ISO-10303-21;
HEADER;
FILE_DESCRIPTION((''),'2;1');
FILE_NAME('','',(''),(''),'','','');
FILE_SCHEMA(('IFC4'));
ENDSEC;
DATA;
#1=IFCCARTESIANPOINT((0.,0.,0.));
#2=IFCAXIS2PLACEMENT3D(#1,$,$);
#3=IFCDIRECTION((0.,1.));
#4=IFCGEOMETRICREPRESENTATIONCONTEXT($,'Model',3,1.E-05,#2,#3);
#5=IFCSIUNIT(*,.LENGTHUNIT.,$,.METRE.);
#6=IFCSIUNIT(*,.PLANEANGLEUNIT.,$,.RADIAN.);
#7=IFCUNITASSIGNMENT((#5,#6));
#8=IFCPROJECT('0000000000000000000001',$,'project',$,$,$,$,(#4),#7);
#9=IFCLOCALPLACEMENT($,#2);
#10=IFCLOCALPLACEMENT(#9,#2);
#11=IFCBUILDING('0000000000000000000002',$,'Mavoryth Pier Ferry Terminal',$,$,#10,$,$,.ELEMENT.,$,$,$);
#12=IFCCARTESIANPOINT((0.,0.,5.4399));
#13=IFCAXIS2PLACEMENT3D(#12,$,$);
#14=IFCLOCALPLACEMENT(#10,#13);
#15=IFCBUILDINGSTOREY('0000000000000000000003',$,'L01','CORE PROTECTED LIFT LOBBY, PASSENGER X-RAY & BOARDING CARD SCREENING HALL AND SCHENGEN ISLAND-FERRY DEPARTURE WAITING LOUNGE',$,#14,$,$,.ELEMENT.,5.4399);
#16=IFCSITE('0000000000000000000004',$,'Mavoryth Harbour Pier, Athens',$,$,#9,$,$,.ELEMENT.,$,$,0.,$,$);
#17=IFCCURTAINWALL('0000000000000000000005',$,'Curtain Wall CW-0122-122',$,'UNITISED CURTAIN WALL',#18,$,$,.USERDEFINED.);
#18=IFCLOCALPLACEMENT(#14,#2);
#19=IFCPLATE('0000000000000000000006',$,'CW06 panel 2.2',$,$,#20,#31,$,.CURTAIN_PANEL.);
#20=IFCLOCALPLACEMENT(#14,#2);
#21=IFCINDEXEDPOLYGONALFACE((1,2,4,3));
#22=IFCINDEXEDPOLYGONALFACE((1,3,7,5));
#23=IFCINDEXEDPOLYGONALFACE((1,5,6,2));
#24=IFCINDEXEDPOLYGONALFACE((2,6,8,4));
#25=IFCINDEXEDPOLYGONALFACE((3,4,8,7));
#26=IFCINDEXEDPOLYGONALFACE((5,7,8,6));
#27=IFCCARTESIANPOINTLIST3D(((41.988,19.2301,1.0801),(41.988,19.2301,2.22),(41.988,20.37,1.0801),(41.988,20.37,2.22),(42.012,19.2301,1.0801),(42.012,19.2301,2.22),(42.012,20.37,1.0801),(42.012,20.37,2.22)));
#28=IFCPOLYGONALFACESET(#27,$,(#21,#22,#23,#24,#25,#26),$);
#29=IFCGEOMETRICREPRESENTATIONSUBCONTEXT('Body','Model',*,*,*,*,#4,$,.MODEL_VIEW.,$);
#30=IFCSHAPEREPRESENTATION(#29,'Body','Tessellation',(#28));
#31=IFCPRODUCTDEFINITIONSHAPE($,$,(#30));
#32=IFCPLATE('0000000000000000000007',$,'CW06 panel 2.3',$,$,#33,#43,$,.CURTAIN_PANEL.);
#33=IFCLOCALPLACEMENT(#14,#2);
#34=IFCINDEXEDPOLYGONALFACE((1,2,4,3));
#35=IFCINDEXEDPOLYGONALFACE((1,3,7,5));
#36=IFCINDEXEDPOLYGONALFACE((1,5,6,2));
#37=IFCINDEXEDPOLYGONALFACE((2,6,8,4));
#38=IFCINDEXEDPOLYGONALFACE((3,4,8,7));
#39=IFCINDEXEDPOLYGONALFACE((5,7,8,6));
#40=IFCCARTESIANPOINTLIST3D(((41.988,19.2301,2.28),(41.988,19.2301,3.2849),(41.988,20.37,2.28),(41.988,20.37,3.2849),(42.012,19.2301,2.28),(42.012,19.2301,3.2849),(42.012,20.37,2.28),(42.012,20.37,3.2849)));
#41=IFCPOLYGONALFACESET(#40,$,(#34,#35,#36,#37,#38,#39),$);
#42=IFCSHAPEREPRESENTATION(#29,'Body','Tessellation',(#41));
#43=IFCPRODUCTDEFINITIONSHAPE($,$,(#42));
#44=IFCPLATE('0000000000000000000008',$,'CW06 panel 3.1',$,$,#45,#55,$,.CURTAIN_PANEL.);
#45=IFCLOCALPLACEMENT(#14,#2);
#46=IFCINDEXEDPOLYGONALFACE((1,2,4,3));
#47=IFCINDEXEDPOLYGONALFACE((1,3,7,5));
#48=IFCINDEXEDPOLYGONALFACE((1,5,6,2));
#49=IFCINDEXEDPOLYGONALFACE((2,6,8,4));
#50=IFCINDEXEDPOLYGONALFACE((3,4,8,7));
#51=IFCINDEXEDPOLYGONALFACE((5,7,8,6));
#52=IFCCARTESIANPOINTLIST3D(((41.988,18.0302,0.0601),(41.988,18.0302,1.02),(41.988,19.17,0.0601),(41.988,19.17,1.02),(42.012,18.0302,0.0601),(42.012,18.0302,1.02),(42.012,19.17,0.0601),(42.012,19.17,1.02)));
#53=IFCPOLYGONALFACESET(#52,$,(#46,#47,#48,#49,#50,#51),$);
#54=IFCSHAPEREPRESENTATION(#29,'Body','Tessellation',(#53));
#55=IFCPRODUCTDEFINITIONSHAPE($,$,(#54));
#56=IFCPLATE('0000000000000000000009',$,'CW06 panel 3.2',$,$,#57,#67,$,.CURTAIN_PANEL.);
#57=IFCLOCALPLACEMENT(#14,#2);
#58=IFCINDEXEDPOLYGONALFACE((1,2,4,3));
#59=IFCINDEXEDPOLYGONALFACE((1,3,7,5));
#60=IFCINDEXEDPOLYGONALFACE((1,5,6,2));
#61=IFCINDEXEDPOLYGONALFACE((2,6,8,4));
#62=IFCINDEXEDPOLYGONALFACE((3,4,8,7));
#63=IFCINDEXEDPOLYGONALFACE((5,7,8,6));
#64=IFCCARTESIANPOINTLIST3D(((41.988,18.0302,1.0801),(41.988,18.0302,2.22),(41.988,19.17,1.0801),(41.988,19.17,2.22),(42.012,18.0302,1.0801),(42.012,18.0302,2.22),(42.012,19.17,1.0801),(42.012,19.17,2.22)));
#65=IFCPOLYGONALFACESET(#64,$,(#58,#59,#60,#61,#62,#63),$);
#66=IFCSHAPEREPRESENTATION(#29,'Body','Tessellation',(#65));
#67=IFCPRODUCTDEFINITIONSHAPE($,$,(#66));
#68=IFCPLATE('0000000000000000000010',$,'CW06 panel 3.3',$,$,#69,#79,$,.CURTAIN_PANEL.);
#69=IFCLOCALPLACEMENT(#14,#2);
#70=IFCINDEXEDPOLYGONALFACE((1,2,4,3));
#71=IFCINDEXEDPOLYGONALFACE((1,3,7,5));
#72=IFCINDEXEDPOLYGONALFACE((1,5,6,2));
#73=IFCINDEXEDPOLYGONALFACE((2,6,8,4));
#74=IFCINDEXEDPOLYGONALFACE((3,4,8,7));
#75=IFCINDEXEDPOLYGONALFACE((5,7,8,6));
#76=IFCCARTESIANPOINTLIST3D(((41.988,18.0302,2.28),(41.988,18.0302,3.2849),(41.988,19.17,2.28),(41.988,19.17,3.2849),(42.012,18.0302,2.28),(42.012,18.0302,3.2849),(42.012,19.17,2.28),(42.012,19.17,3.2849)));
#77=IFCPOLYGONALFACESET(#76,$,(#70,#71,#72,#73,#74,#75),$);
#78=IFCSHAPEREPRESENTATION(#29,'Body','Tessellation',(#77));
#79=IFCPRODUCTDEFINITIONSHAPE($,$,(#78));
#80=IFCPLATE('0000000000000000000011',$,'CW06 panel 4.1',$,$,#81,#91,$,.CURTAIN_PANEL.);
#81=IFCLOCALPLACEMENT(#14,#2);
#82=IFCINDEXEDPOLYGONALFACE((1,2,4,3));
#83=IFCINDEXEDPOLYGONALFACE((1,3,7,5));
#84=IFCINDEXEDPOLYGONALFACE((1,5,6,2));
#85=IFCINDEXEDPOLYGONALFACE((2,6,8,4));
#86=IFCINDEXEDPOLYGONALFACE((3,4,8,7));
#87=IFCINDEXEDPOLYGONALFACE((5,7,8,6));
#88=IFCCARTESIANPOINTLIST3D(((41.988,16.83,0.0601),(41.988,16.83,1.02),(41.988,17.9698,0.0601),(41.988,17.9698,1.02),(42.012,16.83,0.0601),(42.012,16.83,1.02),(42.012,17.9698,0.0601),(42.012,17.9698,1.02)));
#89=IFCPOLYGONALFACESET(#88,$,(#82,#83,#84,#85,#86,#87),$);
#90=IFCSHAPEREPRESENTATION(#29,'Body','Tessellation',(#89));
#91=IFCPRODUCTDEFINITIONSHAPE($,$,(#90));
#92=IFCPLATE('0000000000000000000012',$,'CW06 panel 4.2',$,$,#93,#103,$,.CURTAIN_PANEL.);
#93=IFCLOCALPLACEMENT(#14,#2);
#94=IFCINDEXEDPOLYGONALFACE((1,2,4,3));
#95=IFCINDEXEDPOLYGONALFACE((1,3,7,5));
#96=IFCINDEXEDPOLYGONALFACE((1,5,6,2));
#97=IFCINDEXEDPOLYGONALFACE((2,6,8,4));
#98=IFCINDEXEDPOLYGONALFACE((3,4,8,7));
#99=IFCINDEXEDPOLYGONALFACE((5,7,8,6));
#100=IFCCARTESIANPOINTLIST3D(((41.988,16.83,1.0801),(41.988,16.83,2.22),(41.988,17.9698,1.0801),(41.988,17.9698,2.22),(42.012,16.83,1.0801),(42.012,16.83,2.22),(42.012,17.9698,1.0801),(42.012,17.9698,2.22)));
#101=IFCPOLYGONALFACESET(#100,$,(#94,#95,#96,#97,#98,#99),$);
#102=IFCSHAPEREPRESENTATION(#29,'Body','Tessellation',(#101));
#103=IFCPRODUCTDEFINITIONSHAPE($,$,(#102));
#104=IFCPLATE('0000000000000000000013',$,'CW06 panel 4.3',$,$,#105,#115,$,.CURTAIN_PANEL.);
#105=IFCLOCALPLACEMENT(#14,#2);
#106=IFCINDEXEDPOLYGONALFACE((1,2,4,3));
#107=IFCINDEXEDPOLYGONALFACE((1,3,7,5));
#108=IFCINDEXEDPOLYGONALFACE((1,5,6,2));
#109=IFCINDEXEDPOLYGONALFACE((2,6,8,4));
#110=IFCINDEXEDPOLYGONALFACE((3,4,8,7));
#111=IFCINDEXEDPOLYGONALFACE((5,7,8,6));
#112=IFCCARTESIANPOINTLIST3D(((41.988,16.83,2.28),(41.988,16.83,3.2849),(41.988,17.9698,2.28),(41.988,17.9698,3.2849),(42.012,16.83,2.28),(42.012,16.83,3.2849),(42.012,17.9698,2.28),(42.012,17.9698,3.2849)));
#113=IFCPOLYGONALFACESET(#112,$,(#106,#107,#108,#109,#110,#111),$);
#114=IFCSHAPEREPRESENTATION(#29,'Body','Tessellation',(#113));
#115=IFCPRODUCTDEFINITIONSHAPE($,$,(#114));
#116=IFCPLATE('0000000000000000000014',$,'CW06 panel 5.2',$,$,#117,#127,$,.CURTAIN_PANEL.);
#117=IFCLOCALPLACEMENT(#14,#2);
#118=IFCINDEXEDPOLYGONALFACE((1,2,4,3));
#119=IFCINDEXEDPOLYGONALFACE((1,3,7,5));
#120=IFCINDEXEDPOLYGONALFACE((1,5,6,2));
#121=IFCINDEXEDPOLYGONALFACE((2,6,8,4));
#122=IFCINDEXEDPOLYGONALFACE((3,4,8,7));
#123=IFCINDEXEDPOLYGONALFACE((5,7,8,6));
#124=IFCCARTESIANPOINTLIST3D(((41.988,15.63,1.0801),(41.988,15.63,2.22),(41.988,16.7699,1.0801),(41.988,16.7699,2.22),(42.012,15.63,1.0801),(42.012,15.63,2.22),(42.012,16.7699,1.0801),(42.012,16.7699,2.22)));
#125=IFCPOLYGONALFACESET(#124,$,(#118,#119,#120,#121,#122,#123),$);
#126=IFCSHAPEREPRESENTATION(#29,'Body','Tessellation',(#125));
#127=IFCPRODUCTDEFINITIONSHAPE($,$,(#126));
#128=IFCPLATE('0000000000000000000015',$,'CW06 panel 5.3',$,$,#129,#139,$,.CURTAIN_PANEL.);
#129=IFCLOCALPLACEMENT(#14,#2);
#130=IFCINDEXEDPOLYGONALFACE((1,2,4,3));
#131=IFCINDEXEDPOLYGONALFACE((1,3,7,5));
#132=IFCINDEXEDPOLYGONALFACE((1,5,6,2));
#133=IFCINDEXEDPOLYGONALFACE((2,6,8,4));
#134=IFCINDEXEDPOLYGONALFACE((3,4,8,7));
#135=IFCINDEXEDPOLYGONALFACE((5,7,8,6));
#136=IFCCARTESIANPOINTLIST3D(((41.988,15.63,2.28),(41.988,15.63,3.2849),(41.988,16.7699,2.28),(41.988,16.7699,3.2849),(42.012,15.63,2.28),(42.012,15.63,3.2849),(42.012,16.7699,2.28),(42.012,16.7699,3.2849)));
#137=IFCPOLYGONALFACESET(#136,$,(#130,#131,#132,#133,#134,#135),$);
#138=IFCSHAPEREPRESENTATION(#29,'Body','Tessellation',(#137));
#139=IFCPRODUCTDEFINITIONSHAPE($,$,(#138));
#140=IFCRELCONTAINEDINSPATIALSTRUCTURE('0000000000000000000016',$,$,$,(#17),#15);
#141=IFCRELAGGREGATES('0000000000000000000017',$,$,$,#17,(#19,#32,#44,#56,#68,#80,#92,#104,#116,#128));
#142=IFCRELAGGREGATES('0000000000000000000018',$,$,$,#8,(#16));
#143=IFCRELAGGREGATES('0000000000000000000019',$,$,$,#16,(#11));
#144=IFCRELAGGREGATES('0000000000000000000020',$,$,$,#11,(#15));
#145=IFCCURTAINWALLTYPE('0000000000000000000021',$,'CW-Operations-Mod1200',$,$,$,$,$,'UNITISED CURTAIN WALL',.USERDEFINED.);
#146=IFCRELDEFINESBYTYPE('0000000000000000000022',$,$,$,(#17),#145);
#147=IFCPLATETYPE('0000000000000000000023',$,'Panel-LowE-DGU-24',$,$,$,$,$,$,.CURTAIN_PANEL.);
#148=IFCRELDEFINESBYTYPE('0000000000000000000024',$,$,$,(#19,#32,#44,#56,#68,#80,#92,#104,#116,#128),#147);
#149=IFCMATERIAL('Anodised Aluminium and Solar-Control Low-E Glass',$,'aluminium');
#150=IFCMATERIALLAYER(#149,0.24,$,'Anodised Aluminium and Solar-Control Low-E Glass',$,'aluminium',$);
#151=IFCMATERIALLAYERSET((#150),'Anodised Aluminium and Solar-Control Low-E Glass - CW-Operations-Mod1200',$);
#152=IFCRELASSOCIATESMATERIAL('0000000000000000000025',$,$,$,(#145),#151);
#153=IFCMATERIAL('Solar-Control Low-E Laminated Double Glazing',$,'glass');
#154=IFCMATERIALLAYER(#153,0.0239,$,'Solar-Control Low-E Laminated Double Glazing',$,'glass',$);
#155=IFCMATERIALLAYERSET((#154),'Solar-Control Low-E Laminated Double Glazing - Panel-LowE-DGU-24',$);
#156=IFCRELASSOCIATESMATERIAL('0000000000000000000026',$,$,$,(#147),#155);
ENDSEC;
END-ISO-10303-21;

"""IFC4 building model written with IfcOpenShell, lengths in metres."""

from ifc_helpers import new_model, si_unit, direction, frame, origin, origin_2d, place, context, subcontext, project, spatial, rectangle, extrude, material, layer, layer_set, type_object, element, aggregate, save


model = new_model("IFC4")

# Units and contexts
model_context = context("Model", 3, precision=1e-05, world=origin(), true_north=direction((0.0, 1.0)))
body_context = subcontext(model_context, "Body", "Model", "MODEL_VIEW")
ifc_project = project(units=[si_unit("LENGTHUNIT", "METRE"), si_unit("PLANEANGLEUNIT", "RADIAN")], contexts=[model_context])

# Site, building, storey
site_placement = place(None, origin())
site = spatial("IfcSite", under=ifc_project, at=site_placement, Name="Mavoryth Harbour Pier, Athens", CompositionType="ELEMENT", RefElevation=0.0)
building_placement = place(site_placement, origin())
building = spatial("IfcBuilding", under=site, at=building_placement, Name="Mavoryth Pier Ferry Terminal", CompositionType="ELEMENT")
storey_placement = place(building_placement, frame((0.0, 0.0, 5.4399)))
storey = spatial("IfcBuildingStorey", under=building, at=storey_placement, Name="L01", Description="CORE PROTECTED LIFT LOBBY, PASSENGER X-RAY & BOARDING CARD SCREENING HALL AND SCHENGEN ISLAND-FERRY DEPARTURE WAITING LOUNGE", CompositionType="ELEMENT", Elevation=5.4399)

# Curtain wall, plates
ifc_material_1 = material(Name="Anodised Aluminium and Solar-Control Low-E Glass", Category="aluminium")
ifc_layer_1 = layer(ifc_material_1, 0.24, Name="Anodised Aluminium and Solar-Control Low-E Glass", Category="aluminium")
ifc_layer_set_1 = layer_set([ifc_layer_1], Name="Anodised Aluminium and Solar-Control Low-E Glass - CW-Operations-Mod1200")
curtain_wall_type = type_object("IfcCurtainWallType", Name="CW-Operations-Mod1200", ElementType="UNITISED CURTAIN WALL", PredefinedType="USERDEFINED", material=ifc_layer_set_1)
curtain_wall_placement = place(storey_placement, origin())
curtain_wall = element("IfcCurtainWall", 1, at=curtain_wall_placement, inside=storey, type_object=curtain_wall_type, Name="Curtain Wall CW-0122-122", ObjectType="UNITISED CURTAIN WALL", PredefinedType="USERDEFINED")
ifc_material_2 = material(Name="Solar-Control Low-E Laminated Double Glazing", Category="glass")
ifc_layer_2 = layer(ifc_material_2, 0.0239, Name="Solar-Control Low-E Laminated Double Glazing", Category="glass")
ifc_layer_set_2 = layer_set([ifc_layer_2], Name="Solar-Control Low-E Laminated Double Glazing - Panel-LowE-DGU-24")
plate_type = type_object("IfcPlateType", Name="Panel-LowE-DGU-24", PredefinedType="CURTAIN_PANEL", material=ifc_layer_set_2)
plate_1_placement = place(storey_placement, frame((42.0, 19.8, 1.0801), z_axis=(0.0, 0.0, 1.0), x_axis=(0.0, -1.0, 0.0)))
plate_1 = element("IfcPlate", 2, at=plate_1_placement, type_object=plate_type, Name="CW06 panel 2.2", PredefinedType="CURTAIN_PANEL", context=body_context, shape_type="SweptSolid", body=[
    extrude(rectangle(XDim=1.1399, YDim=0.0239, at=origin_2d()), origin(), (0.0, 0.0, 1.0), 1.1399),
])
plate_2_placement = place(storey_placement, frame((42.0, 19.8, 2.28), z_axis=(0.0, 0.0, 1.0), x_axis=(0.0, -1.0, 0.0)))
plate_2 = element("IfcPlate", 3, at=plate_2_placement, type_object=plate_type, Name="CW06 panel 2.3", PredefinedType="CURTAIN_PANEL", context=body_context, shape_type="SweptSolid", body=[
    extrude(rectangle(XDim=1.1399, YDim=0.0239, at=origin_2d()), origin(), (0.0, 0.0, 1.0), 1.0049),
])
plate_3_placement = place(storey_placement, frame((42.0, 18.6001, 0.0601), z_axis=(0.0, 0.0, 1.0), x_axis=(0.0, -1.0, 0.0)))
plate_3 = element("IfcPlate", 4, at=plate_3_placement, type_object=plate_type, Name="CW06 panel 3.1", PredefinedType="CURTAIN_PANEL", context=body_context, shape_type="SweptSolid", body=[
    extrude(rectangle(XDim=1.1399, YDim=0.0239, at=origin_2d()), origin(), (0.0, 0.0, 1.0), 0.96),
])
plate_4_placement = place(storey_placement, frame((42.0, 18.6001, 1.0801), z_axis=(0.0, 0.0, 1.0), x_axis=(0.0, -1.0, 0.0)))
plate_4 = element("IfcPlate", 5, at=plate_4_placement, type_object=plate_type, Name="CW06 panel 3.2", PredefinedType="CURTAIN_PANEL", context=body_context, shape_type="SweptSolid", body=[
    extrude(rectangle(XDim=1.1399, YDim=0.0239, at=origin_2d()), origin(), (0.0, 0.0, 1.0), 1.1399),
])
plate_5_placement = place(storey_placement, frame((42.0, 18.6001, 2.28), z_axis=(0.0, 0.0, 1.0), x_axis=(0.0, -1.0, 0.0)))
plate_5 = element("IfcPlate", 6, at=plate_5_placement, type_object=plate_type, Name="CW06 panel 3.3", PredefinedType="CURTAIN_PANEL", context=body_context, shape_type="SweptSolid", body=[
    extrude(rectangle(XDim=1.1399, YDim=0.0239, at=origin_2d()), origin(), (0.0, 0.0, 1.0), 1.0049),
])
plate_6_placement = place(storey_placement, frame((42.0, 17.3999, 0.0601), z_axis=(0.0, 0.0, 1.0), x_axis=(0.0, -1.0, 0.0)))
plate_6 = element("IfcPlate", 7, at=plate_6_placement, type_object=plate_type, Name="CW06 panel 4.1", PredefinedType="CURTAIN_PANEL", context=body_context, shape_type="SweptSolid", body=[
    extrude(rectangle(XDim=1.1399, YDim=0.0239, at=origin_2d()), origin(), (0.0, 0.0, 1.0), 0.96),
])
plate_7_placement = place(storey_placement, frame((42.0, 17.3999, 1.0801), z_axis=(0.0, 0.0, 1.0), x_axis=(0.0, -1.0, 0.0)))
plate_7 = element("IfcPlate", 8, at=plate_7_placement, type_object=plate_type, Name="CW06 panel 4.2", PredefinedType="CURTAIN_PANEL", context=body_context, shape_type="SweptSolid", body=[
    extrude(rectangle(XDim=1.1399, YDim=0.0239, at=origin_2d()), origin(), (0.0, 0.0, 1.0), 1.1399),
])
plate_8_placement = place(storey_placement, frame((42.0, 17.3999, 2.28), z_axis=(0.0, 0.0, 1.0), x_axis=(0.0, -1.0, 0.0)))
plate_8 = element("IfcPlate", 9, at=plate_8_placement, type_object=plate_type, Name="CW06 panel 4.3", PredefinedType="CURTAIN_PANEL", context=body_context, shape_type="SweptSolid", body=[
    extrude(rectangle(XDim=1.1399, YDim=0.0239, at=origin_2d()), origin(), (0.0, 0.0, 1.0), 1.0049),
])
plate_9_placement = place(storey_placement, frame((42.0, 16.2, 1.0801), z_axis=(0.0, 0.0, 1.0), x_axis=(0.0, -1.0, 0.0)))
plate_9 = element("IfcPlate", 10, at=plate_9_placement, type_object=plate_type, Name="CW06 panel 5.2", PredefinedType="CURTAIN_PANEL", context=body_context, shape_type="SweptSolid", body=[
    extrude(rectangle(XDim=1.1399, YDim=0.0239, at=origin_2d()), origin(), (0.0, 0.0, 1.0), 1.1399),
])
plate_10_placement = place(storey_placement, frame((42.0, 16.2, 2.28), z_axis=(0.0, 0.0, 1.0), x_axis=(0.0, -1.0, 0.0)))
plate_10 = element("IfcPlate", 11, at=plate_10_placement, type_object=plate_type, Name="CW06 panel 5.3", PredefinedType="CURTAIN_PANEL", context=body_context, shape_type="SweptSolid", body=[
    extrude(rectangle(XDim=1.1399, YDim=0.0239, at=origin_2d()), origin(), (0.0, 0.0, 1.0), 1.0049),
])
aggregate(curtain_wall, [plate_1, plate_2, plate_3, plate_4, plate_5, plate_6, plate_7, plate_8, plate_9, plate_10])

save(model, "model.ifc")
